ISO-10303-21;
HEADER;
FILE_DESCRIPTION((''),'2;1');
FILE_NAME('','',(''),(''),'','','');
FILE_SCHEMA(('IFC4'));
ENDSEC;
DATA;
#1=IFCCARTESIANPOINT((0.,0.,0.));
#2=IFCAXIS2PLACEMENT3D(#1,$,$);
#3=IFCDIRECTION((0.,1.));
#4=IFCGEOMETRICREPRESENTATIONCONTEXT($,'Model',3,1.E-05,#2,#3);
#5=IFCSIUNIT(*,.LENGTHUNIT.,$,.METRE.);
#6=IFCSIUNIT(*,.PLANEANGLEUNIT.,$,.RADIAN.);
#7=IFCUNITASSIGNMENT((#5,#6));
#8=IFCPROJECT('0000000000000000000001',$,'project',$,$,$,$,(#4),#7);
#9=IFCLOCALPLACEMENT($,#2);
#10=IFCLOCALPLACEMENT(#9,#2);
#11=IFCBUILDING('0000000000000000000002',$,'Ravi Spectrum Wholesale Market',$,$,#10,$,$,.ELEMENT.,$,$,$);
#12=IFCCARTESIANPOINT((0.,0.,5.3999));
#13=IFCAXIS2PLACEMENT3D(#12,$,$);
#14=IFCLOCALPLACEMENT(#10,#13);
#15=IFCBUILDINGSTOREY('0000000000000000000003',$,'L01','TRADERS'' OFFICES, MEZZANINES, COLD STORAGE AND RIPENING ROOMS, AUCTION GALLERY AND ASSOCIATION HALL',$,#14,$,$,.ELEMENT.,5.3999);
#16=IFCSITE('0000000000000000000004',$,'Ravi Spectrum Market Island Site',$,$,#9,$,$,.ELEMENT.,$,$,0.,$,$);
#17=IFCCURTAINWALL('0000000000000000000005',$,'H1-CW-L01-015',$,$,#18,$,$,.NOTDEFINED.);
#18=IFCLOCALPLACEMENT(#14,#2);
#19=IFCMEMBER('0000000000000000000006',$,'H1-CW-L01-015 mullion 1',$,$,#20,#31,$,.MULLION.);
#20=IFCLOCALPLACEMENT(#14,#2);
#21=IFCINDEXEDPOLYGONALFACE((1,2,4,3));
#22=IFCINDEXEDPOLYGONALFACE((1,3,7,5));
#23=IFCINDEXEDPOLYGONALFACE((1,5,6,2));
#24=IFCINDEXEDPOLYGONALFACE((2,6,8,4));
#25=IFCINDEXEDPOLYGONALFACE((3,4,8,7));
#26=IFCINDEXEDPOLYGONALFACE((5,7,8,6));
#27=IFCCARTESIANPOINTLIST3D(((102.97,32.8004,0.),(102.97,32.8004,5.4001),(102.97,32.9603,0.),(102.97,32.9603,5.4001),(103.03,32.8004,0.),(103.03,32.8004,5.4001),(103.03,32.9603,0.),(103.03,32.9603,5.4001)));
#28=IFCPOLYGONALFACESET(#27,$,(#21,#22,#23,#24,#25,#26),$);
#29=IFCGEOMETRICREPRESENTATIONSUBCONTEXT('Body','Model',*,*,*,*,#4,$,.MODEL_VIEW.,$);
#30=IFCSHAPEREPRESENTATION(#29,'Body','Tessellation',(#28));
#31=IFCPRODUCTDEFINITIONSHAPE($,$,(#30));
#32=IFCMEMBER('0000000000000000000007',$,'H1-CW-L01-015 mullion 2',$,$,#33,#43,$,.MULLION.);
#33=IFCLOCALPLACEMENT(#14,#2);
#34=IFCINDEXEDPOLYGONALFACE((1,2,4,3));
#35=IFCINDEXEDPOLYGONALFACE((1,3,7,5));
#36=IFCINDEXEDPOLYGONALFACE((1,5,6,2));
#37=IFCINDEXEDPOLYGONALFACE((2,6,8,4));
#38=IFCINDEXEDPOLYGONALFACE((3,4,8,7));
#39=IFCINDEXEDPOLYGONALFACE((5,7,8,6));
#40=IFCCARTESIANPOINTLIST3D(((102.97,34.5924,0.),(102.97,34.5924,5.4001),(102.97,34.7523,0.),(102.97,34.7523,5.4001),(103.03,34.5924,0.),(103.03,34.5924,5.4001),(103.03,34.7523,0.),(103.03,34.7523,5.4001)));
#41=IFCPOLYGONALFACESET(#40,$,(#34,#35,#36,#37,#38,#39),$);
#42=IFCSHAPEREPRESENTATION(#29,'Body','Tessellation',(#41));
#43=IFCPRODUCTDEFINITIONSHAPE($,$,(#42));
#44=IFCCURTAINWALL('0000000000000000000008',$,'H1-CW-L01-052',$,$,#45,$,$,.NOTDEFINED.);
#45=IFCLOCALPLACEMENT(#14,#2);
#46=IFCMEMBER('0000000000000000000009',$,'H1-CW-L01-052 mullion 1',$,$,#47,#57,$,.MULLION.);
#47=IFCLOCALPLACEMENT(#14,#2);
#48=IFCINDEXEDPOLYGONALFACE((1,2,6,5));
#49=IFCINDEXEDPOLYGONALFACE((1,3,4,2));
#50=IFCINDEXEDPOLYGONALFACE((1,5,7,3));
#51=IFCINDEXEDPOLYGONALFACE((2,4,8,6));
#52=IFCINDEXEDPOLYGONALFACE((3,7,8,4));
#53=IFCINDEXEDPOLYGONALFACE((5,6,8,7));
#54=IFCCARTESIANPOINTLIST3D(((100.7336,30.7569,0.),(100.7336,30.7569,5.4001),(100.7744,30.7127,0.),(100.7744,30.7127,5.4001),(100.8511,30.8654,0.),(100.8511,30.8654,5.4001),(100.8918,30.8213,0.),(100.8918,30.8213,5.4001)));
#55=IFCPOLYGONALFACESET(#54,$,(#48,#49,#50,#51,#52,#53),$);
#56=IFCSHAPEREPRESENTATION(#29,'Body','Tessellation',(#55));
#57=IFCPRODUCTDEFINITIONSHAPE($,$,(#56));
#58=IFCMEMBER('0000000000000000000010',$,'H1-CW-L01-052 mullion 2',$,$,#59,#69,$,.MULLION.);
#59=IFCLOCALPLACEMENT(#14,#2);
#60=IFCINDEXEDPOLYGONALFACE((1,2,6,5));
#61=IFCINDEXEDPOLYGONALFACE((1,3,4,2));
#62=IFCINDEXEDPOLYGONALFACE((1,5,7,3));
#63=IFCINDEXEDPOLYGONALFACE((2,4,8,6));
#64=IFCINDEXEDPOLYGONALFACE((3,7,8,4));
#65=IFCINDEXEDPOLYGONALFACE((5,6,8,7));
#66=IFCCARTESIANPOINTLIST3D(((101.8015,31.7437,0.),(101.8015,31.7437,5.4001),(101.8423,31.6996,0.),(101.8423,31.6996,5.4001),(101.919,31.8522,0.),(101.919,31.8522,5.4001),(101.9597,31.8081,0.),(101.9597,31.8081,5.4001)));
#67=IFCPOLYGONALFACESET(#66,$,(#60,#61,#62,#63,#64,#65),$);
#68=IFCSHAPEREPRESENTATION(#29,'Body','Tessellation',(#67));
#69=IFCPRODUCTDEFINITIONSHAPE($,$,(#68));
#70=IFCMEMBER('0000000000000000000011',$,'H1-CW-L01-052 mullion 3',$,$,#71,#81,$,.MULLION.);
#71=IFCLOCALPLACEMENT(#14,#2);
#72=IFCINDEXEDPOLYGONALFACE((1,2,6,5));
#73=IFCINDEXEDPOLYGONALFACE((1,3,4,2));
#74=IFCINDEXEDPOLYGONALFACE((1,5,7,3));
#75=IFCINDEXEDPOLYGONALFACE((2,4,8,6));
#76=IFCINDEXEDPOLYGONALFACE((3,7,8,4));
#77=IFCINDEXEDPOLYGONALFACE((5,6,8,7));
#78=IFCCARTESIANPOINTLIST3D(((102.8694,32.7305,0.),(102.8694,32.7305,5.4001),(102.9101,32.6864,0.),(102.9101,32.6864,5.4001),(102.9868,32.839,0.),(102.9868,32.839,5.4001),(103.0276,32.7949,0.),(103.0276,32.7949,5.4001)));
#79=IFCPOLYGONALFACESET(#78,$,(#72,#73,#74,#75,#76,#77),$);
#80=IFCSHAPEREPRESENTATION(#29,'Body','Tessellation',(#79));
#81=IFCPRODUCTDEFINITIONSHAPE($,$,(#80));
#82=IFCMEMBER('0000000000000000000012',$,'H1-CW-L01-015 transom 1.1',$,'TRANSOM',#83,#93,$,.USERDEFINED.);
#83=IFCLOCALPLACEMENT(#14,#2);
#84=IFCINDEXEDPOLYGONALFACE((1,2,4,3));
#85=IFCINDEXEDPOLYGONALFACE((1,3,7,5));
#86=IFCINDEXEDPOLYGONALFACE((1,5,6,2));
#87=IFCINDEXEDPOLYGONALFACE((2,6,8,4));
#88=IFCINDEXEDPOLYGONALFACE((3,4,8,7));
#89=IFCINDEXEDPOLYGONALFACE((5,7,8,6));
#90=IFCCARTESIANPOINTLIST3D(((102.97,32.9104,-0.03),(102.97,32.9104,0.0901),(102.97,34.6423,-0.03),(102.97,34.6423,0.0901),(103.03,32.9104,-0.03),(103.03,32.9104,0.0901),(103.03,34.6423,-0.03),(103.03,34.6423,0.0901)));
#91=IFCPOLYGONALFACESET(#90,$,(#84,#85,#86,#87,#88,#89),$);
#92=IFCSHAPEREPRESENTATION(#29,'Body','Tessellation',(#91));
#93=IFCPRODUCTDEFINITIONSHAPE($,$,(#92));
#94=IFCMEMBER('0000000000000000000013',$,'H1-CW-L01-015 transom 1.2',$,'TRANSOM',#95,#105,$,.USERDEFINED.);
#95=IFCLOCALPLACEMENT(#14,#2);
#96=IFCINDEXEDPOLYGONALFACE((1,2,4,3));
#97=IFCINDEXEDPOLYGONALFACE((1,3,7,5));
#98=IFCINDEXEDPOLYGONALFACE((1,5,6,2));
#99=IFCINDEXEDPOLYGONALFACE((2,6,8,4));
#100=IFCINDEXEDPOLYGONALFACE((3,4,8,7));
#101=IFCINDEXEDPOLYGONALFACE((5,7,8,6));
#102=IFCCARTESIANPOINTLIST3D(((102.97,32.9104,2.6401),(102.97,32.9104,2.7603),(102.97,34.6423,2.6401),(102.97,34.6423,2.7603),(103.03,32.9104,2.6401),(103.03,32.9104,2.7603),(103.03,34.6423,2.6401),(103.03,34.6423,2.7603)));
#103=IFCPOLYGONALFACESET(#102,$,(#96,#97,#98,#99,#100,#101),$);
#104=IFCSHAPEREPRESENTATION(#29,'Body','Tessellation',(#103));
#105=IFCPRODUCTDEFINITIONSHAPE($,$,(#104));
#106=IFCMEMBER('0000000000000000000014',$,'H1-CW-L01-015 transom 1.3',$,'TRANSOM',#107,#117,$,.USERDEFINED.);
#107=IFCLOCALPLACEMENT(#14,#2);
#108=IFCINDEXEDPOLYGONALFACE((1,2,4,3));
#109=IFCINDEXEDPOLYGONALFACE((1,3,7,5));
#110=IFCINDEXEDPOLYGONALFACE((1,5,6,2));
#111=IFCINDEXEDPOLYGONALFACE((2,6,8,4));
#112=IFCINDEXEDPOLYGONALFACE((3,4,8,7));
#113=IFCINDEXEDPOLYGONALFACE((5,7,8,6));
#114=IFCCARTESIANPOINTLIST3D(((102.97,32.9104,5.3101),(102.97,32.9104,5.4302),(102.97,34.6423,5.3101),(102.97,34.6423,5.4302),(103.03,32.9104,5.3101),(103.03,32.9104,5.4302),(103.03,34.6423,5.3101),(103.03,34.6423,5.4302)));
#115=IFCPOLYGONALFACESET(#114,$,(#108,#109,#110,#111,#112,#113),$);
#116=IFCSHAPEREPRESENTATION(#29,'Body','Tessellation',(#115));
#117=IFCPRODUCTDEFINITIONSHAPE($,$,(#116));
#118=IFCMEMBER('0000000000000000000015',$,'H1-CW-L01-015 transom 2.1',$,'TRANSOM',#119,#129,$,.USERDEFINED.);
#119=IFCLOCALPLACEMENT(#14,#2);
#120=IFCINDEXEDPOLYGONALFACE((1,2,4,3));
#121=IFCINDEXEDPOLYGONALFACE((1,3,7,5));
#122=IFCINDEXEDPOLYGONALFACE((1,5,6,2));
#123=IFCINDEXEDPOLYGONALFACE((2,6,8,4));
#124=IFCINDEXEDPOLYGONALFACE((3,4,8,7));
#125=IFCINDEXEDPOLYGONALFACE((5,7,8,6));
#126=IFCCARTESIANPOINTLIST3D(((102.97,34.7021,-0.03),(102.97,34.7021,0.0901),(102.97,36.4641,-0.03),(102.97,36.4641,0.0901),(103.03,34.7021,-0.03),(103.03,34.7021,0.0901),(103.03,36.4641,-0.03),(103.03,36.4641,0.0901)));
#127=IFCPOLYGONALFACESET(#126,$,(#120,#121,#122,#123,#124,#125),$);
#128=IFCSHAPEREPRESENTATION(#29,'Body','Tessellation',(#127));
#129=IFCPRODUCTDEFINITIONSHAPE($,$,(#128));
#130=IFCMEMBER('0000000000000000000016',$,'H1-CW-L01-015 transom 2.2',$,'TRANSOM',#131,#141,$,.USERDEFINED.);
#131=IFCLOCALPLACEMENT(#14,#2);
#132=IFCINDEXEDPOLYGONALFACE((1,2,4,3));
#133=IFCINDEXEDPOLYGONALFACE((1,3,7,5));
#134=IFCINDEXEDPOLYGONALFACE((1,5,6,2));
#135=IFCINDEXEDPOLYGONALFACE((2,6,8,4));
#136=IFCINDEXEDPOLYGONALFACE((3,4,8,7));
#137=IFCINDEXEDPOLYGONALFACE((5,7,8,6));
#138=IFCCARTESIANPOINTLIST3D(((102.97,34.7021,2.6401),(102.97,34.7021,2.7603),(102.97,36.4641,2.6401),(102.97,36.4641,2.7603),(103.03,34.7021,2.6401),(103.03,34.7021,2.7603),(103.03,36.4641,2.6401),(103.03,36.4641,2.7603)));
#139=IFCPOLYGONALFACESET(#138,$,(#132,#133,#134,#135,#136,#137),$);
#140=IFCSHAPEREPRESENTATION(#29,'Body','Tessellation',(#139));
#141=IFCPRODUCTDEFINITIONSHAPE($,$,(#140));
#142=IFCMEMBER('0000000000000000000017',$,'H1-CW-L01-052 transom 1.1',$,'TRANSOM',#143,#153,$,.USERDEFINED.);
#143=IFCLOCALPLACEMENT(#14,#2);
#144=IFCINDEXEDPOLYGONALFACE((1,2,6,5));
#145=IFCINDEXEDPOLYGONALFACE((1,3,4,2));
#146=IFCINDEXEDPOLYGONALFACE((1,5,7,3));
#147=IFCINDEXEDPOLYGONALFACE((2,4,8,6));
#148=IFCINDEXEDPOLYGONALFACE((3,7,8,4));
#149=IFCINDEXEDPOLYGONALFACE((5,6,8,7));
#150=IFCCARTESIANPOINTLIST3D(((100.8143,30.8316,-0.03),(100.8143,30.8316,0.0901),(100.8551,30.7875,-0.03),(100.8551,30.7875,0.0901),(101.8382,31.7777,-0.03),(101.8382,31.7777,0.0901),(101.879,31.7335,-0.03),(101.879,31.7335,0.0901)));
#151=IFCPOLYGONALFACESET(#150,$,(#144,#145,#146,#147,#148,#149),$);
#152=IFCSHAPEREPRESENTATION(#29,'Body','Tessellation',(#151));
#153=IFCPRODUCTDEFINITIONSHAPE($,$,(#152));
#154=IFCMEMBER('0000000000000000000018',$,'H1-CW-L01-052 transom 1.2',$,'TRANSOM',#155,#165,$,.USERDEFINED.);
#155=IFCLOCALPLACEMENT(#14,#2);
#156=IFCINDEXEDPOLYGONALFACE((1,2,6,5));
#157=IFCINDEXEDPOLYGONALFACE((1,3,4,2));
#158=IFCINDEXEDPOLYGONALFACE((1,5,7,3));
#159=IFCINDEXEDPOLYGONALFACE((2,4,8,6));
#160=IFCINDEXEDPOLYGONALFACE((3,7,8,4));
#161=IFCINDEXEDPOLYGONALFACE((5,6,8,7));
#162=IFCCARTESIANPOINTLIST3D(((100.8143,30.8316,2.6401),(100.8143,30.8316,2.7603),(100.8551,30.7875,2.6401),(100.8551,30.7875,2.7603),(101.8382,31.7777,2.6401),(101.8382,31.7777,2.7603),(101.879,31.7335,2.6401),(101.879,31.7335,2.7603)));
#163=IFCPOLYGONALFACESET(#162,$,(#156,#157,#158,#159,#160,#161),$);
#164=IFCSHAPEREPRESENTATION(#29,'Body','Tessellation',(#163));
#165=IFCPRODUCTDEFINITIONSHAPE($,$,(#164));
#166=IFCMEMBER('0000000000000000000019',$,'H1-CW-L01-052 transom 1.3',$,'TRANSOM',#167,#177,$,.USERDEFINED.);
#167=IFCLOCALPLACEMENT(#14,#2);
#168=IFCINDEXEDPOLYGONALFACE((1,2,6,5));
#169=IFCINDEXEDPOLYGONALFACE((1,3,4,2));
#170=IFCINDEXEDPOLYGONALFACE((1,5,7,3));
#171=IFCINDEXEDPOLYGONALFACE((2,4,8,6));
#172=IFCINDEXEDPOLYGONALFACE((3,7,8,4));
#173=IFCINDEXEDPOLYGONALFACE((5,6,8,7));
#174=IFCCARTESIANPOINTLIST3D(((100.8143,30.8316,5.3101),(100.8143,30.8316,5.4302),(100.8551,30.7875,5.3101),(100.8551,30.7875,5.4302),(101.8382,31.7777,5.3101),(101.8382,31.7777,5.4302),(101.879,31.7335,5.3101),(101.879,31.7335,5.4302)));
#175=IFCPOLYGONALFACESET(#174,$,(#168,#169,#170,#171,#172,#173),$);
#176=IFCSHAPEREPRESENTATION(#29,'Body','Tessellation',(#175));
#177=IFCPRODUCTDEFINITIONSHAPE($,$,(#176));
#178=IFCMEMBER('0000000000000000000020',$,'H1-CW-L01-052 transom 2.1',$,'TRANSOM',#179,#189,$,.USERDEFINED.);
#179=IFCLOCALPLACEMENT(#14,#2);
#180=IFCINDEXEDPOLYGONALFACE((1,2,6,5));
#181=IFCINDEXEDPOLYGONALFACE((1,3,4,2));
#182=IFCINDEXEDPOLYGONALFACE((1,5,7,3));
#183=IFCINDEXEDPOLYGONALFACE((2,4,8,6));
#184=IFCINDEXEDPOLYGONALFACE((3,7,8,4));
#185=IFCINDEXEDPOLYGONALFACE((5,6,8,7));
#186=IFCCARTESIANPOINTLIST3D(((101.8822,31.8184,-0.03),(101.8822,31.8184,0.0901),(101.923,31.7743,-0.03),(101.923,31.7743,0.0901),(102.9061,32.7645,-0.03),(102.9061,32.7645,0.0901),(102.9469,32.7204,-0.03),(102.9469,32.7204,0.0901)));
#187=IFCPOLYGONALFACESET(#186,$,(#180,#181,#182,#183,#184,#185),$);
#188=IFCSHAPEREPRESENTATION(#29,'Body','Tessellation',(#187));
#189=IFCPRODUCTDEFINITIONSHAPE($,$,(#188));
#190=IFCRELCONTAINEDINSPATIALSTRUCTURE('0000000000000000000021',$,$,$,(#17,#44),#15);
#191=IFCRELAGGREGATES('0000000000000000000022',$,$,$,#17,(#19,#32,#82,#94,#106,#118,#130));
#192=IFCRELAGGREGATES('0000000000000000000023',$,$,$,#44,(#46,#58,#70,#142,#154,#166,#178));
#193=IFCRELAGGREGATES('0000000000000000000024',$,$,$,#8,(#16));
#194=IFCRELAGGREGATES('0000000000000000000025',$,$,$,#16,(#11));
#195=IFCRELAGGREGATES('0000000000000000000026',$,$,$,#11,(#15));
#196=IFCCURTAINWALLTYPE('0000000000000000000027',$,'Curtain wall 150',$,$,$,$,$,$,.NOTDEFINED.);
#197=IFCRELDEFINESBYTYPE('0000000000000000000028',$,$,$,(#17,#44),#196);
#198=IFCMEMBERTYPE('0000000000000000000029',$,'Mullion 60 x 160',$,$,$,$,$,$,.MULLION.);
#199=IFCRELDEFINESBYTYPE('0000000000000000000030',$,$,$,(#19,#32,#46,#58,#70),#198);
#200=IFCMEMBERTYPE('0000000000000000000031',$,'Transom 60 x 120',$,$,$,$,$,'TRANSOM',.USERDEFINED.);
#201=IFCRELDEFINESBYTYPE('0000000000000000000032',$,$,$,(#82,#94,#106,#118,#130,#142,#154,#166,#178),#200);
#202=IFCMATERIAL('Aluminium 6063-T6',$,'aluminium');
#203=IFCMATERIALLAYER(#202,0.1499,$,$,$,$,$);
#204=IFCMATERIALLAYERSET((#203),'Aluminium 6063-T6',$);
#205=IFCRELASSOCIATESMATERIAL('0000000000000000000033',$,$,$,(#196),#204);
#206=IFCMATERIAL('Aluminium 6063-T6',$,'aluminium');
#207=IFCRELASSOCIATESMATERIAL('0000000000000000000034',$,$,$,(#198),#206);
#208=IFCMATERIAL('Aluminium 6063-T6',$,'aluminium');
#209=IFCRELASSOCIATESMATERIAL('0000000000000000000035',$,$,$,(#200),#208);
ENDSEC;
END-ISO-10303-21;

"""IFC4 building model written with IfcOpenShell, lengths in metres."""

from ifc_helpers import new_model, si_unit, direction, frame, origin, origin_2d, place, context, subcontext, project, spatial, rectangle, extrude, material, layer, layer_set, material_profile, profile_set, type_object, element, aggregate, save


model = new_model("IFC4")

# Units and contexts
model_context = context("Model", 3, precision=1e-05, world=origin(), true_north=direction((0.0, 1.0)))
body_context = subcontext(model_context, "Body", "Model", "MODEL_VIEW")
ifc_project = project(units=[si_unit("LENGTHUNIT", "METRE"), si_unit("PLANEANGLEUNIT", "RADIAN")], contexts=[model_context])

# Site, building, storey
site_placement = place(None, origin())
site = spatial("IfcSite", under=ifc_project, at=site_placement, Name="Ravi Spectrum Market Island Site", CompositionType="ELEMENT", RefElevation=0.0)
building_placement = place(site_placement, origin())
building = spatial("IfcBuilding", under=site, at=building_placement, Name="Ravi Spectrum Wholesale Market", CompositionType="ELEMENT")
storey_placement = place(building_placement, frame((0.0, 0.0, 5.3999)))
storey = spatial("IfcBuildingStorey", under=building, at=storey_placement, Name="L01", Description="TRADERS' OFFICES, MEZZANINES, COLD STORAGE AND RIPENING ROOMS, AUCTION GALLERY AND ASSOCIATION HALL", CompositionType="ELEMENT", Elevation=5.3999)

# Curtain walls, members
ifc_material_1 = material(Name="Aluminium 6063-T6", Category="aluminium")
ifc_layer_1 = layer(ifc_material_1, 0.1499)
ifc_layer_set_1 = layer_set([ifc_layer_1], Name="Aluminium 6063-T6")
curtain_wall_type = type_object("IfcCurtainWallType", Name="Curtain wall 150", PredefinedType="NOTDEFINED", material=ifc_layer_set_1)
curtain_wall_1_placement = place(storey_placement, origin())
curtain_wall_1 = element("IfcCurtainWall", 1, at=curtain_wall_1_placement, inside=storey, type_object=curtain_wall_type, Name="H1-CW-L01-015", PredefinedType="NOTDEFINED")
ifc_material_2 = material(Name="Aluminium 6063-T6", Category="aluminium")
ifc_material_profile_1 = material_profile(ifc_material_2, rectangle(XDim=0.0601, YDim=0.1599, at=origin_2d()))
ifc_profile_set_1 = profile_set([ifc_material_profile_1], Name="Aluminium 6063-T6")
member_type_1 = type_object("IfcMemberType", Name="Mullion 60 x 160", PredefinedType="MULLION", material=ifc_profile_set_1)
member_1_placement = place(storey_placement, frame((103.0, 32.8804, 0.0), z_axis=(0.0, 0.0, 1.0), x_axis=(-1.0, 0.0, 0.0)))
member_1 = element("IfcMember", 2, at=member_1_placement, type_object=member_type_1, Name="H1-CW-L01-015 mullion 1", PredefinedType="MULLION", context=body_context, shape_type="SweptSolid", body=[
    extrude(rectangle(XDim=0.0601, YDim=0.1599, at=origin_2d()), origin(), (0.0, 0.0, 1.0), 5.4001),
])
member_2_placement = place(storey_placement, frame((103.0, 34.6724, 0.0), z_axis=(0.0, 0.0, 1.0), x_axis=(-1.0, 0.0, 0.0)))
member_2 = element("IfcMember", 3, at=member_2_placement, type_object=member_type_1, Name="H1-CW-L01-015 mullion 2", PredefinedType="MULLION", context=body_context, shape_type="SweptSolid", body=[
    extrude(rectangle(XDim=0.0601, YDim=0.1599, at=origin_2d()), origin(), (0.0, 0.0, 1.0), 5.4001),
])
curtain_wall_2_placement = place(storey_placement, origin())
curtain_wall_2 = element("IfcCurtainWall", 4, at=curtain_wall_2_placement, inside=storey, type_object=curtain_wall_type, Name="H1-CW-L01-052", PredefinedType="NOTDEFINED")
member_3_placement = place(storey_placement, frame((100.8127, 30.7891, 0.0), z_axis=(0.0, 0.0, 1.0), x_axis=(-0.678669, 0.734444, 0.0)))
member_3 = element("IfcMember", 5, at=member_3_placement, type_object=member_type_1, Name="H1-CW-L01-052 mullion 1", PredefinedType="MULLION", context=body_context, shape_type="SweptSolid", body=[
    extrude(rectangle(XDim=0.0601, YDim=0.1599, at=origin_2d()), origin(), (0.0, 0.0, 1.0), 5.4001),
])
member_4_placement = place(storey_placement, frame((101.8806, 31.7759, 0.0), z_axis=(0.0, 0.0, 1.0), x_axis=(-0.678669, 0.734444, 0.0)))
member_4 = element("IfcMember", 6, at=member_4_placement, type_object=member_type_1, Name="H1-CW-L01-052 mullion 2", PredefinedType="MULLION", context=body_context, shape_type="SweptSolid", body=[
    extrude(rectangle(XDim=0.0601, YDim=0.1599, at=origin_2d()), origin(), (0.0, 0.0, 1.0), 5.4001),
])
member_5_placement = place(storey_placement, frame((102.9485, 32.7627, 0.0), z_axis=(0.0, 0.0, 1.0), x_axis=(-0.678669, 0.734444, 0.0)))
member_5 = element("IfcMember", 7, at=member_5_placement, type_object=member_type_1, Name="H1-CW-L01-052 mullion 3", PredefinedType="MULLION", context=body_context, shape_type="SweptSolid", body=[
    extrude(rectangle(XDim=0.0601, YDim=0.1599, at=origin_2d()), origin(), (0.0, 0.0, 1.0), 5.4001),
])

# Members
ifc_material_3 = material(Name="Aluminium 6063-T6", Category="aluminium")
ifc_material_profile_2 = material_profile(ifc_material_3, rectangle(XDim=0.0601, YDim=0.1201, at=origin_2d()))
ifc_profile_set_2 = profile_set([ifc_material_profile_2], Name="Aluminium 6063-T6")
member_type_2 = type_object("IfcMemberType", Name="Transom 60 x 120", ElementType="TRANSOM", PredefinedType="USERDEFINED", material=ifc_profile_set_2)
member_6_placement = place(storey_placement, frame((103.0, 32.9104, 0.03), z_axis=(0.0, 1.0, 0.0), x_axis=(-1.0, 0.0, 0.0)))
member_6 = element("IfcMember", 8, at=member_6_placement, type_object=member_type_2, Name="H1-CW-L01-015 transom 1.1", ObjectType="TRANSOM", PredefinedType="USERDEFINED", context=body_context, shape_type="SweptSolid", body=[
    extrude(rectangle(XDim=0.0601, YDim=0.1201, at=origin_2d()), origin(), (0.0, 0.0, 1.0), 1.7319),
])
member_7_placement = place(storey_placement, frame((103.0, 32.9104, 2.7002), z_axis=(0.0, 1.0, 0.0), x_axis=(-1.0, 0.0, 0.0)))
member_7 = element("IfcMember", 9, at=member_7_placement, type_object=member_type_2, Name="H1-CW-L01-015 transom 1.2", ObjectType="TRANSOM", PredefinedType="USERDEFINED", context=body_context, shape_type="SweptSolid", body=[
    extrude(rectangle(XDim=0.0601, YDim=0.1201, at=origin_2d()), origin(), (0.0, 0.0, 1.0), 1.7319),
])
member_8_placement = place(storey_placement, frame((103.0, 32.9104, 5.3701), z_axis=(0.0, 1.0, 0.0), x_axis=(-1.0, 0.0, 0.0)))
member_8 = element("IfcMember", 10, at=member_8_placement, type_object=member_type_2, Name="H1-CW-L01-015 transom 1.3", ObjectType="TRANSOM", PredefinedType="USERDEFINED", context=body_context, shape_type="SweptSolid", body=[
    extrude(rectangle(XDim=0.0601, YDim=0.1201, at=origin_2d()), origin(), (0.0, 0.0, 1.0), 1.7319),
])
member_9_placement = place(storey_placement, frame((103.0, 34.7021, 0.03), z_axis=(0.0, 1.0, 0.0), x_axis=(-1.0, 0.0, 0.0)))
member_9 = element("IfcMember", 11, at=member_9_placement, type_object=member_type_2, Name="H1-CW-L01-015 transom 2.1", ObjectType="TRANSOM", PredefinedType="USERDEFINED", context=body_context, shape_type="SweptSolid", body=[
    extrude(rectangle(XDim=0.0601, YDim=0.1201, at=origin_2d()), origin(), (0.0, 0.0, 1.0), 1.762),
])
member_10_placement = place(storey_placement, frame((103.0, 34.7021, 2.7002), z_axis=(0.0, 1.0, 0.0), x_axis=(-1.0, 0.0, 0.0)))
member_10 = element("IfcMember", 12, at=member_10_placement, type_object=member_type_2, Name="H1-CW-L01-015 transom 2.2", ObjectType="TRANSOM", PredefinedType="USERDEFINED", context=body_context, shape_type="SweptSolid", body=[
    extrude(rectangle(XDim=0.0601, YDim=0.1201, at=origin_2d()), origin(), (0.0, 0.0, 1.0), 1.762),
])
member_11_placement = place(storey_placement, frame((100.8347, 30.8096, 0.03), z_axis=(0.734488, 0.678622, 0.0), x_axis=(-0.678622, 0.734488, 0.0)))
member_11 = element("IfcMember", 13, at=member_11_placement, type_object=member_type_2, Name="H1-CW-L01-052 transom 1.1", ObjectType="TRANSOM", PredefinedType="USERDEFINED", context=body_context, shape_type="SweptSolid", body=[
    extrude(rectangle(XDim=0.0601, YDim=0.1201, at=origin_2d()), origin(), (0.0, 0.0, 1.0), 1.394),
])
member_12_placement = place(storey_placement, frame((100.8347, 30.8096, 2.7002), z_axis=(0.734488, 0.678622, 0.0), x_axis=(-0.678622, 0.734488, 0.0)))
member_12 = element("IfcMember", 14, at=member_12_placement, type_object=member_type_2, Name="H1-CW-L01-052 transom 1.2", ObjectType="TRANSOM", PredefinedType="USERDEFINED", context=body_context, shape_type="SweptSolid", body=[
    extrude(rectangle(XDim=0.0601, YDim=0.1201, at=origin_2d()), origin(), (0.0, 0.0, 1.0), 1.394),
])
member_13_placement = place(storey_placement, frame((100.8347, 30.8096, 5.3701), z_axis=(0.734488, 0.678622, 0.0), x_axis=(-0.678622, 0.734488, 0.0)))
member_13 = element("IfcMember", 15, at=member_13_placement, type_object=member_type_2, Name="H1-CW-L01-052 transom 1.3", ObjectType="TRANSOM", PredefinedType="USERDEFINED", context=body_context, shape_type="SweptSolid", body=[
    extrude(rectangle(XDim=0.0601, YDim=0.1201, at=origin_2d()), origin(), (0.0, 0.0, 1.0), 1.394),
])
member_14_placement = place(storey_placement, frame((101.9026, 31.7964, 0.03), z_axis=(0.734488, 0.678622, 0.0), x_axis=(-0.678622, 0.734488, 0.0)))
member_14 = element("IfcMember", 16, at=member_14_placement, type_object=member_type_2, Name="H1-CW-L01-052 transom 2.1", ObjectType="TRANSOM", PredefinedType="USERDEFINED", context=body_context, shape_type="SweptSolid", body=[
    extrude(rectangle(XDim=0.0601, YDim=0.1201, at=origin_2d()), origin(), (0.0, 0.0, 1.0), 1.394),
])

aggregate(curtain_wall_1, [member_1, member_2, member_6, member_7, member_8, member_9, member_10])
aggregate(curtain_wall_2, [member_3, member_4, member_5, member_11, member_12, member_13, member_14])

save(model, "model.ifc")
